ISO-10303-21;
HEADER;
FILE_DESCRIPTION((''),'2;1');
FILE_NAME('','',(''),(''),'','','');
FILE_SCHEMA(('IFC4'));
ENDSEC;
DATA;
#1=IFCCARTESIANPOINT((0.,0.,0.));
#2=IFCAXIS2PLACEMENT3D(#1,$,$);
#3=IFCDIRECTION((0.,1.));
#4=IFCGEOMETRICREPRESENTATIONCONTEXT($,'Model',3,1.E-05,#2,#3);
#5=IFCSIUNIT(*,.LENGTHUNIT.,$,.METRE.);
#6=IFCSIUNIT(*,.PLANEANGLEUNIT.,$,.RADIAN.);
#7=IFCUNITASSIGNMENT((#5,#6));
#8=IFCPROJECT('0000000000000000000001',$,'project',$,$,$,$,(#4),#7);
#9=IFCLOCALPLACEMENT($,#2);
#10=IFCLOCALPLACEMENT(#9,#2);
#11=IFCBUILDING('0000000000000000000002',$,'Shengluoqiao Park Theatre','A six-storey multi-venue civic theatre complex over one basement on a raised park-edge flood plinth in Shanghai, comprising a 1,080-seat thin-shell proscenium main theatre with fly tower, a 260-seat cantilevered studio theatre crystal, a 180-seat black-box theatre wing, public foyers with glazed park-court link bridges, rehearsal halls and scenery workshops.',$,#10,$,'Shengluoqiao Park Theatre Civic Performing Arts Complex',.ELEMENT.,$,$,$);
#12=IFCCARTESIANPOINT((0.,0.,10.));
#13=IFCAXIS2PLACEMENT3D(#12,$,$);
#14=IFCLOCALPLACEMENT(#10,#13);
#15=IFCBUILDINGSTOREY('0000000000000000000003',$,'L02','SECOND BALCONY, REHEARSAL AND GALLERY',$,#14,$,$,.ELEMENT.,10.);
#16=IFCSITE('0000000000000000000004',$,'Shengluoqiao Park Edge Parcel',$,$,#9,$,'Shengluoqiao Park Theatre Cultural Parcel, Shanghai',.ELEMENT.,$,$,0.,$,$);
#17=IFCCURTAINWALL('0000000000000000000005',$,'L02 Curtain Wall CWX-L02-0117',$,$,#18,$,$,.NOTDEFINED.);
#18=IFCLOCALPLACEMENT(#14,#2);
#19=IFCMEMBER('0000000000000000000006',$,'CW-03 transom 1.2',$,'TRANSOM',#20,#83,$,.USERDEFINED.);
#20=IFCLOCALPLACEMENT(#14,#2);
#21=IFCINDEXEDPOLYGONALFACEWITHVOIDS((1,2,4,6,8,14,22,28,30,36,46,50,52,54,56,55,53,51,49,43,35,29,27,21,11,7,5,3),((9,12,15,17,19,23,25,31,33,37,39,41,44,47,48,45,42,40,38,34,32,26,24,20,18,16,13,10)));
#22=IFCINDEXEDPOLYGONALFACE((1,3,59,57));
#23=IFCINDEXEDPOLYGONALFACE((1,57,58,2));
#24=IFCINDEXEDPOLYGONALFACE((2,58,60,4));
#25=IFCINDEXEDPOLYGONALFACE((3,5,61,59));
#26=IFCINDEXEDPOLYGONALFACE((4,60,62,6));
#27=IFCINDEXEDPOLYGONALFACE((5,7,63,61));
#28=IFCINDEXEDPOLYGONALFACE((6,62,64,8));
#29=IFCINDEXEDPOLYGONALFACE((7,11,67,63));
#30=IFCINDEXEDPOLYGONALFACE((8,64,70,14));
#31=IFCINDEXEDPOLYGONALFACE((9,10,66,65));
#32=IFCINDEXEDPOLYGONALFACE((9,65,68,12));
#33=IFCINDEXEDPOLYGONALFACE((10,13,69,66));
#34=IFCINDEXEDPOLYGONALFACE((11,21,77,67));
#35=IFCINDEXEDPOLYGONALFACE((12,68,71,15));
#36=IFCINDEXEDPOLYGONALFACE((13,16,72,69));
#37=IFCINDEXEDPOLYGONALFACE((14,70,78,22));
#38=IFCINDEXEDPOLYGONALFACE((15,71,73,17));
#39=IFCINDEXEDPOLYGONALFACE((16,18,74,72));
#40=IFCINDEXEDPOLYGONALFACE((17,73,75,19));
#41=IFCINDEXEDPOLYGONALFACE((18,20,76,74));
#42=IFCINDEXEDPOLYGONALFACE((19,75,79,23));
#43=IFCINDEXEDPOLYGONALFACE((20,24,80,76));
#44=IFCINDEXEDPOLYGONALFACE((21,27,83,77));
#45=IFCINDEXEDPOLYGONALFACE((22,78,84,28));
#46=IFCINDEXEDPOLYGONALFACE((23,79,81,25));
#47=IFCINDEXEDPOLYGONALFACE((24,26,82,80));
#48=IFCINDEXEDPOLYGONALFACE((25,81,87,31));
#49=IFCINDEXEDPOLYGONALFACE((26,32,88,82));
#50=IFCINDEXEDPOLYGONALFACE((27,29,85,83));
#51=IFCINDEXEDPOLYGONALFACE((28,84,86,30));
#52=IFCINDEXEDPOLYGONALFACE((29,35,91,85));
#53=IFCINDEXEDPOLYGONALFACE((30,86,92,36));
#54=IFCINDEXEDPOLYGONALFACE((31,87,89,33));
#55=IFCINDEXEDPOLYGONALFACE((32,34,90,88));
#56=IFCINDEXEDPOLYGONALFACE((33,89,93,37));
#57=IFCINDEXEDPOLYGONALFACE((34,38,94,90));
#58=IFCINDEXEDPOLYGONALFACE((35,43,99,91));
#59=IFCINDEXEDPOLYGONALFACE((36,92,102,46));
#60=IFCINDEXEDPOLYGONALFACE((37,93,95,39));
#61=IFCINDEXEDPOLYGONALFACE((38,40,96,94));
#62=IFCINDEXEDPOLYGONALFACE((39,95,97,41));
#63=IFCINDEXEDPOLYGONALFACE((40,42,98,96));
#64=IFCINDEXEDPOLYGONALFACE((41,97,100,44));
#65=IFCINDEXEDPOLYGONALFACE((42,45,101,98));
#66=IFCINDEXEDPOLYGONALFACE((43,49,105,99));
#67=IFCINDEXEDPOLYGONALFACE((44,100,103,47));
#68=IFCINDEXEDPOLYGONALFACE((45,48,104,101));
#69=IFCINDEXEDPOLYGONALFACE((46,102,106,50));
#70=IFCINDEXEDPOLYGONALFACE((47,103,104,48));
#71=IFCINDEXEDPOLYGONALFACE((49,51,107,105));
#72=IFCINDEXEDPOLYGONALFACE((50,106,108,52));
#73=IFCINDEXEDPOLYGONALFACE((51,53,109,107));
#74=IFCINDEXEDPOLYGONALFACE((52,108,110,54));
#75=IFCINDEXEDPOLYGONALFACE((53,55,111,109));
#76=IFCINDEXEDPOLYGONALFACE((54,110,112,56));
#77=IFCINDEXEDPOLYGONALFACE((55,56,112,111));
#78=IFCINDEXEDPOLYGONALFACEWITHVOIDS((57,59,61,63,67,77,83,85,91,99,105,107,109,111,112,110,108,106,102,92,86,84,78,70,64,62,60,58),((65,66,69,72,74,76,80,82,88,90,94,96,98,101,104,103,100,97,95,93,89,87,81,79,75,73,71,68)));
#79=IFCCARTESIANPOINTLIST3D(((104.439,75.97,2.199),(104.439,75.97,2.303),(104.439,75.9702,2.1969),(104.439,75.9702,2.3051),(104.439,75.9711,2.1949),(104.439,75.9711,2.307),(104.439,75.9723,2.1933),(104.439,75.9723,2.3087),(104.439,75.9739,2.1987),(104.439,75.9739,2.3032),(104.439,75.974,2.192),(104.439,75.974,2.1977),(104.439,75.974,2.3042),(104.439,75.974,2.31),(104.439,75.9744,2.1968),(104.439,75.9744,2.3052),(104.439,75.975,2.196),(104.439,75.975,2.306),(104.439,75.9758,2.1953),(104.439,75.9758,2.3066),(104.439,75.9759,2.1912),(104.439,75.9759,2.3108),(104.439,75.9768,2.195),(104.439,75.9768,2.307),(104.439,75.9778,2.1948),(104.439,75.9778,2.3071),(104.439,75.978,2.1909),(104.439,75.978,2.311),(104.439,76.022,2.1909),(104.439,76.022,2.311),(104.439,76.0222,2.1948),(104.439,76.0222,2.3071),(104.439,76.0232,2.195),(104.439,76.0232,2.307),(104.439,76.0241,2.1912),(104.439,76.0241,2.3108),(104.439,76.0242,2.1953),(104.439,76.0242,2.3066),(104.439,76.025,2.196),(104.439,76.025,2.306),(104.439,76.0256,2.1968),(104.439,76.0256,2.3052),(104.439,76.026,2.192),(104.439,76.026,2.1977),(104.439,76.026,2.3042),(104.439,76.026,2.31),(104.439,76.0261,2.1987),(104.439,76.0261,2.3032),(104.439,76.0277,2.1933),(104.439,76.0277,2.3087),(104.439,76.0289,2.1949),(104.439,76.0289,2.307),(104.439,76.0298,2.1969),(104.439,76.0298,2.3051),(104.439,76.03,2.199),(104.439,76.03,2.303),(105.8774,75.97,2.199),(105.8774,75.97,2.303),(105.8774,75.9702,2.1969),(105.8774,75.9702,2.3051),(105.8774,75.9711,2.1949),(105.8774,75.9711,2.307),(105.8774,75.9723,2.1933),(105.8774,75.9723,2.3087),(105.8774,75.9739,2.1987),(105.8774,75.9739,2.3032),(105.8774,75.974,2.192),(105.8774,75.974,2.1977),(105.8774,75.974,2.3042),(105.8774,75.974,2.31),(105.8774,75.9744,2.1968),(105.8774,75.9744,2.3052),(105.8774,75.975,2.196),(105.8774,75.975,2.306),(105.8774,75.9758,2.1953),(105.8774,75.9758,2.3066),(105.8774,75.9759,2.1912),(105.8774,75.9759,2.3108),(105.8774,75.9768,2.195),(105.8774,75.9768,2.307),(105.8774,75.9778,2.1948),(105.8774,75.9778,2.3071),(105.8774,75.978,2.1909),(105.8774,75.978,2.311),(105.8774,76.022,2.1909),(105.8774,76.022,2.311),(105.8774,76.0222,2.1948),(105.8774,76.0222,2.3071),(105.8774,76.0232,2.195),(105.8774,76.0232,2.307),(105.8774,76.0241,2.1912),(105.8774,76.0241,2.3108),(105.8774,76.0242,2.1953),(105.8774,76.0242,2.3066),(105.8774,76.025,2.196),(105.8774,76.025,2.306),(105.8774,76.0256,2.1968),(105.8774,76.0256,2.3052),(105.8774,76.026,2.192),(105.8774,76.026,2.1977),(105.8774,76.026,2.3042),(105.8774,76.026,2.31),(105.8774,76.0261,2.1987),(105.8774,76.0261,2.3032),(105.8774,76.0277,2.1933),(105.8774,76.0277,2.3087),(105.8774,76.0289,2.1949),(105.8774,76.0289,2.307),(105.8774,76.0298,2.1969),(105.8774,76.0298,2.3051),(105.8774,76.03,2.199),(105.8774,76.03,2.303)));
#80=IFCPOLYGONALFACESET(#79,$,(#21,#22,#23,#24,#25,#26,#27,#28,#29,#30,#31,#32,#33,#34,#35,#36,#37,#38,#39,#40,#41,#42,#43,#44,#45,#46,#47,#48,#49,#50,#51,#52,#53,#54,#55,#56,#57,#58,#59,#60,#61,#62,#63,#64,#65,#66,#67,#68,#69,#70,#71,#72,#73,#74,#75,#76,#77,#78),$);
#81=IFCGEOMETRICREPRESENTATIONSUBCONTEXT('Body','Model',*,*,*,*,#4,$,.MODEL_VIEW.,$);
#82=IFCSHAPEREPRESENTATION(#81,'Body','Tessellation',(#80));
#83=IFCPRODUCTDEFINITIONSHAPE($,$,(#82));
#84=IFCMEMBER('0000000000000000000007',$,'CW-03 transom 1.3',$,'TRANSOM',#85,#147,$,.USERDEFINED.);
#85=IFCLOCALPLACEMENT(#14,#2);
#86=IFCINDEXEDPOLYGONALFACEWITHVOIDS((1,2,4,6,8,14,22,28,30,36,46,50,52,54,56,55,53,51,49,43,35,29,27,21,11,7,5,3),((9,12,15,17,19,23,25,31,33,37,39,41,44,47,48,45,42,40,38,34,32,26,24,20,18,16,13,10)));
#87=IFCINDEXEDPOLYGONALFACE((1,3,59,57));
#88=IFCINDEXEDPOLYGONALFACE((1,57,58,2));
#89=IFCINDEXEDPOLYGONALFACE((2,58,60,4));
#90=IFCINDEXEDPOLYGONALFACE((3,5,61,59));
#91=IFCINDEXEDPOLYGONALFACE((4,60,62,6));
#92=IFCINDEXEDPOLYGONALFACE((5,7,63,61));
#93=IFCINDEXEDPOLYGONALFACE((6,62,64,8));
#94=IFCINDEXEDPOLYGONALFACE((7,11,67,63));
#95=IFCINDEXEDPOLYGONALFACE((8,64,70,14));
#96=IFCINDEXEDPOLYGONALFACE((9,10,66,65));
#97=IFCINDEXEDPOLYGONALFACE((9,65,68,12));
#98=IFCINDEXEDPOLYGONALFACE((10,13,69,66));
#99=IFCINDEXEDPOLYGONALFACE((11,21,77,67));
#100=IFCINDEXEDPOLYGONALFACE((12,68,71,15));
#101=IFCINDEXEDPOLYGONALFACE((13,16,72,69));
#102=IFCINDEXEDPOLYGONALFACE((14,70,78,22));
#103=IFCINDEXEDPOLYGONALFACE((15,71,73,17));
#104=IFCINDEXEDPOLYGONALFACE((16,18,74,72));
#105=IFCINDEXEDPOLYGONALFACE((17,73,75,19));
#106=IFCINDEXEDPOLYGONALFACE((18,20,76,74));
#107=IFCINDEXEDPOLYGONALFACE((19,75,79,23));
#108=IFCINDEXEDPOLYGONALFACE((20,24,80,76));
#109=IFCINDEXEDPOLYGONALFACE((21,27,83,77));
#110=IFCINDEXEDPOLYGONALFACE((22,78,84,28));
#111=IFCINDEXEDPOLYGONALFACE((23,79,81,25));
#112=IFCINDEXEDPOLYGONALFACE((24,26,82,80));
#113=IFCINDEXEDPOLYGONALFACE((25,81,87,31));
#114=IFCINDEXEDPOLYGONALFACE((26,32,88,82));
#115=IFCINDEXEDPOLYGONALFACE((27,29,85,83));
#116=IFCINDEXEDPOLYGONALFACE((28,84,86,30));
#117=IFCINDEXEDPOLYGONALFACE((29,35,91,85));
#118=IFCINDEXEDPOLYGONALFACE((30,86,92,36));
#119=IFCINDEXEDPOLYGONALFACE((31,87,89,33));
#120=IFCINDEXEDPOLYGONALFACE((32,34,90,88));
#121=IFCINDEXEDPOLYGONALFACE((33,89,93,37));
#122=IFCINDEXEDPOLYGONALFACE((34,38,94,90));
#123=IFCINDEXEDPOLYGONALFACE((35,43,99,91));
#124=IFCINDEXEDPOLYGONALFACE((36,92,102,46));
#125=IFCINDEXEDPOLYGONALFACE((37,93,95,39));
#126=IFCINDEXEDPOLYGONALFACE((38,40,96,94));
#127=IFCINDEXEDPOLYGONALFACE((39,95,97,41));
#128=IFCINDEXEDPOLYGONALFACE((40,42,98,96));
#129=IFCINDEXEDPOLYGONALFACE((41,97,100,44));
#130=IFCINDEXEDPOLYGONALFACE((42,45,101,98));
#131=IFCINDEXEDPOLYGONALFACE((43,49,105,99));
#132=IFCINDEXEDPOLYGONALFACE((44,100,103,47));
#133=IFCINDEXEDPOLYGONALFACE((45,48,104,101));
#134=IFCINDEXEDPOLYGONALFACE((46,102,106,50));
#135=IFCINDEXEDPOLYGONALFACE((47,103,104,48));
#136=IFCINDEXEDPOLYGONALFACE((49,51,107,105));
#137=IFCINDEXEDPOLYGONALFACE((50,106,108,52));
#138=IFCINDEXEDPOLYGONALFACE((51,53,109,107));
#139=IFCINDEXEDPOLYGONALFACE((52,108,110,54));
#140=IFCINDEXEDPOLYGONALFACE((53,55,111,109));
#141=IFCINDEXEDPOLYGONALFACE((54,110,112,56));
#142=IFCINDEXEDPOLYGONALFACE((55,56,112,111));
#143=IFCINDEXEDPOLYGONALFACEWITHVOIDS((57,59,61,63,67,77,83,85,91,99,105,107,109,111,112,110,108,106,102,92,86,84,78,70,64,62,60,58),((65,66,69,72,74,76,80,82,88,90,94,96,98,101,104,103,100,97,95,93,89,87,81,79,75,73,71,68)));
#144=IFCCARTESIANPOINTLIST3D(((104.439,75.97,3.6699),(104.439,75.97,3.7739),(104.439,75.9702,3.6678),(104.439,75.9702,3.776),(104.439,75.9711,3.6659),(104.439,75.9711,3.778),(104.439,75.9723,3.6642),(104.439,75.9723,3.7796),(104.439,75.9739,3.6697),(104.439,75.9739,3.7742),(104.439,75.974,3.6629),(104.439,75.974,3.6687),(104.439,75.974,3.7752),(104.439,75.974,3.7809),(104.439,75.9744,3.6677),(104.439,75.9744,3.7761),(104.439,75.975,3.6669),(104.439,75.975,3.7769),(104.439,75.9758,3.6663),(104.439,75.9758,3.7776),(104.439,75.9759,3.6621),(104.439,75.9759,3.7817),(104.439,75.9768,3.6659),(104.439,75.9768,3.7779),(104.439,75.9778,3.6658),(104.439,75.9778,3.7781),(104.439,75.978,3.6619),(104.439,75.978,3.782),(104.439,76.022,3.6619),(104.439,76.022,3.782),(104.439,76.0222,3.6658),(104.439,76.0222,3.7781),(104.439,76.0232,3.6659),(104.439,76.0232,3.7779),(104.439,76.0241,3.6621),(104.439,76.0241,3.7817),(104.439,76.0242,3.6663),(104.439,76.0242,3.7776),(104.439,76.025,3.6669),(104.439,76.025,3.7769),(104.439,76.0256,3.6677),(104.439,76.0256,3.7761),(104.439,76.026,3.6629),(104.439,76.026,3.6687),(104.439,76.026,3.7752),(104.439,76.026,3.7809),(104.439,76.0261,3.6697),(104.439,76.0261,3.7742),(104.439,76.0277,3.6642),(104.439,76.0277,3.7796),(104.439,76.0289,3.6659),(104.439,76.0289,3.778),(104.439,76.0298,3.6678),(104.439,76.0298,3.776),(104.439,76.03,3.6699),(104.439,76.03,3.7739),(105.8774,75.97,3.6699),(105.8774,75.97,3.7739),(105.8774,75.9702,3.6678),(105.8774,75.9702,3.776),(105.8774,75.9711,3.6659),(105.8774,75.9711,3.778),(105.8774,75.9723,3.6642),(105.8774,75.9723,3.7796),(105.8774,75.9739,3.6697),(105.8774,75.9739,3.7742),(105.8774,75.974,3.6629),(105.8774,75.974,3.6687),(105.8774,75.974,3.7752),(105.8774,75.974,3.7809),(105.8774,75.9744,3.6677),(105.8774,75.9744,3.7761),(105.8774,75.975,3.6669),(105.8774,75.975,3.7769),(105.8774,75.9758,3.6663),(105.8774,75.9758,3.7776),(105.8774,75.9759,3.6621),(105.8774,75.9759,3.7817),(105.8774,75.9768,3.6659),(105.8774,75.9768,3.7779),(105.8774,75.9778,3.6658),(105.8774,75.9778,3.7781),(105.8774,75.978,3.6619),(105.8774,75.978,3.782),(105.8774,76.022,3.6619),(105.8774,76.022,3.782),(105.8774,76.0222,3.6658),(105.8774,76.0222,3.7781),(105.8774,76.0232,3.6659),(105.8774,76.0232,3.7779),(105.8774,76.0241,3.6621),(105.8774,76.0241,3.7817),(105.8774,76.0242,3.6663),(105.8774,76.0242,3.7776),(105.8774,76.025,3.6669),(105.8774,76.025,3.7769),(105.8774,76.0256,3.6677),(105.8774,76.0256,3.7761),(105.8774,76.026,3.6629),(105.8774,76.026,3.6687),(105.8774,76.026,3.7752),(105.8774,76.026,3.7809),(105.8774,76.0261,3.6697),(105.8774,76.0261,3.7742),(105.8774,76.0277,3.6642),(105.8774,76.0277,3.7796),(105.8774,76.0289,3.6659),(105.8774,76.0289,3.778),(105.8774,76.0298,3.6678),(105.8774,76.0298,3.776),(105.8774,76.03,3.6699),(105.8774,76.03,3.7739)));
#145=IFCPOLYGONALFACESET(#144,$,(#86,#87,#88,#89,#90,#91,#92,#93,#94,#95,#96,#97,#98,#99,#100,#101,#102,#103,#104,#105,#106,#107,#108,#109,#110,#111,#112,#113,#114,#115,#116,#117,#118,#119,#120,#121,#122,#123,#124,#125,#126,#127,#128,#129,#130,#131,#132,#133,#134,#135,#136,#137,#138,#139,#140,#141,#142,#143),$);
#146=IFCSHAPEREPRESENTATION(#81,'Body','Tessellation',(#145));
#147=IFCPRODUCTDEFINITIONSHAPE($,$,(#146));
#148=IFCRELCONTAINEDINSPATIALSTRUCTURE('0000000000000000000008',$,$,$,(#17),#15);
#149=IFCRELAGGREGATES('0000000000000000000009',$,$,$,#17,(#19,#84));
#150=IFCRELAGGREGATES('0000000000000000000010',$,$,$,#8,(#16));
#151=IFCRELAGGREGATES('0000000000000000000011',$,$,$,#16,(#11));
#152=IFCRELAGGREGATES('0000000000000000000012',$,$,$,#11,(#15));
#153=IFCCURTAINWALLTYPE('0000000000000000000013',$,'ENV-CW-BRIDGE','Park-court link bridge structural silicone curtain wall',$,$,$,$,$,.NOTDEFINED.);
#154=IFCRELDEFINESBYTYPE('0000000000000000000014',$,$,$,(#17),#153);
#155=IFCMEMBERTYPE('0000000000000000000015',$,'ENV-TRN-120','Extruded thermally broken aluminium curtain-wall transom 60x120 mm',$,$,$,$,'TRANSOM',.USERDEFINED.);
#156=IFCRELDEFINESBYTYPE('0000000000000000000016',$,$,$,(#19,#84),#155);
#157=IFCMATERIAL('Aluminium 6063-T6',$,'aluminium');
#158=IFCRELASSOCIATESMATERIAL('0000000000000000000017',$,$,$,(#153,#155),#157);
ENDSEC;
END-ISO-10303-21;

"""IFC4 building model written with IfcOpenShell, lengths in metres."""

from ifc_helpers import new_model, si_unit, direction, frame, origin, origin_2d, place, context, subcontext, project, spatial, hollow_rectangle, extrude, material, material_profile, profile_set, type_object, element, aggregate, save


model = new_model("IFC4")

# Units and contexts
model_context = context("Model", 3, precision=1e-05, world=origin(), true_north=direction((0.0, 1.0)))
body_context = subcontext(model_context, "Body", "Model", "MODEL_VIEW")
ifc_project = project(units=[si_unit("LENGTHUNIT", "METRE"), si_unit("PLANEANGLEUNIT", "RADIAN")], contexts=[model_context])

# Site, building, storey
site_placement = place(None, origin())
site = spatial("IfcSite", under=ifc_project, at=site_placement, Name="Shengluoqiao Park Edge Parcel", LongName="Shengluoqiao Park Theatre Cultural Parcel, Shanghai", CompositionType="ELEMENT", RefElevation=0.0)
building_placement = place(site_placement, origin())
building = spatial("IfcBuilding", under=site, at=building_placement, Name="Shengluoqiao Park Theatre", Description="A six-storey multi-venue civic theatre complex over one basement on a raised park-edge flood plinth in Shanghai, comprising a 1,080-seat thin-shell proscenium main theatre with fly tower, a 260-seat cantilevered studio theatre crystal, a 180-seat black-box theatre wing, public foyers with glazed park-court link bridges, rehearsal halls and scenery workshops.", LongName="Shengluoqiao Park Theatre Civic Performing Arts Complex", CompositionType="ELEMENT")
storey_placement = place(building_placement, frame((0.0, 0.0, 10.0)))
storey = spatial("IfcBuildingStorey", under=building, at=storey_placement, Name="L02", Description="SECOND BALCONY, REHEARSAL AND GALLERY", CompositionType="ELEMENT", Elevation=10.0)

# Shared definitions
ifc_material_1 = material(Name="Aluminium 6063-T6", Category="aluminium")
curtain_wall_type = type_object("IfcCurtainWallType", Name="ENV-CW-BRIDGE", Description="Park-court link bridge structural silicone curtain wall", PredefinedType="NOTDEFINED", material=ifc_material_1)

# Curtain wall, members
curtain_wall_1_placement = place(storey_placement, origin())
curtain_wall_1 = element("IfcCurtainWall", 1, at=curtain_wall_1_placement, inside=storey, type_object=curtain_wall_type, Name="L02 Curtain Wall CWX-L02-0117", PredefinedType="NOTDEFINED")
ifc_material_profile_1 = material_profile(ifc_material_1, hollow_rectangle(XDim=0.0601, YDim=0.1201, WallThickness=0.0039, InnerFilletRadius=0.0039, OuterFilletRadius=0.0081, at=origin_2d()), Name="ALU TRANSOM 120x60x4")
ifc_profile_set_1 = profile_set([ifc_material_profile_1], Name="Aluminium 6063-T6")
member_type_1 = type_object("IfcMemberType", Name="ENV-TRN-120", Description="Extruded thermally broken aluminium curtain-wall transom 60x120 mm", ElementType="TRANSOM", PredefinedType="USERDEFINED", material=ifc_profile_set_1)
member_1_placement = place(storey_placement, frame((104.439, 76.0, 2.251), z_axis=(1.0, 0.0, 0.0), x_axis=(0.0, 1.0, 0.0)))
member_1 = element("IfcMember", 2, at=member_1_placement, type_object=member_type_1, Name="CW-03 transom 1.2", ObjectType="TRANSOM", PredefinedType="USERDEFINED", context=body_context, shape_type="SweptSolid", body=[
    extrude(hollow_rectangle(XDim=0.0601, YDim=0.1201, WallThickness=0.0039, InnerFilletRadius=0.0039, OuterFilletRadius=0.0081, at=origin_2d()), origin(), (0.0, 0.0, 1.0), 1.4385),
])
member_2_placement = place(storey_placement, frame((104.439, 76.0, 3.7219), z_axis=(1.0, 0.0, 0.0), x_axis=(0.0, 1.0, 0.0)))
member_2 = element("IfcMember", 3, at=member_2_placement, type_object=member_type_1, Name="CW-03 transom 1.3", ObjectType="TRANSOM", PredefinedType="USERDEFINED", context=body_context, shape_type="SweptSolid", body=[
    extrude(hollow_rectangle(XDim=0.0601, YDim=0.1201, WallThickness=0.0039, InnerFilletRadius=0.0039, OuterFilletRadius=0.0081, at=origin_2d()), origin(), (0.0, 0.0, 1.0), 1.4385),
])

aggregate(curtain_wall_1, [member_1, member_2])

save(model, "model.ifc")
